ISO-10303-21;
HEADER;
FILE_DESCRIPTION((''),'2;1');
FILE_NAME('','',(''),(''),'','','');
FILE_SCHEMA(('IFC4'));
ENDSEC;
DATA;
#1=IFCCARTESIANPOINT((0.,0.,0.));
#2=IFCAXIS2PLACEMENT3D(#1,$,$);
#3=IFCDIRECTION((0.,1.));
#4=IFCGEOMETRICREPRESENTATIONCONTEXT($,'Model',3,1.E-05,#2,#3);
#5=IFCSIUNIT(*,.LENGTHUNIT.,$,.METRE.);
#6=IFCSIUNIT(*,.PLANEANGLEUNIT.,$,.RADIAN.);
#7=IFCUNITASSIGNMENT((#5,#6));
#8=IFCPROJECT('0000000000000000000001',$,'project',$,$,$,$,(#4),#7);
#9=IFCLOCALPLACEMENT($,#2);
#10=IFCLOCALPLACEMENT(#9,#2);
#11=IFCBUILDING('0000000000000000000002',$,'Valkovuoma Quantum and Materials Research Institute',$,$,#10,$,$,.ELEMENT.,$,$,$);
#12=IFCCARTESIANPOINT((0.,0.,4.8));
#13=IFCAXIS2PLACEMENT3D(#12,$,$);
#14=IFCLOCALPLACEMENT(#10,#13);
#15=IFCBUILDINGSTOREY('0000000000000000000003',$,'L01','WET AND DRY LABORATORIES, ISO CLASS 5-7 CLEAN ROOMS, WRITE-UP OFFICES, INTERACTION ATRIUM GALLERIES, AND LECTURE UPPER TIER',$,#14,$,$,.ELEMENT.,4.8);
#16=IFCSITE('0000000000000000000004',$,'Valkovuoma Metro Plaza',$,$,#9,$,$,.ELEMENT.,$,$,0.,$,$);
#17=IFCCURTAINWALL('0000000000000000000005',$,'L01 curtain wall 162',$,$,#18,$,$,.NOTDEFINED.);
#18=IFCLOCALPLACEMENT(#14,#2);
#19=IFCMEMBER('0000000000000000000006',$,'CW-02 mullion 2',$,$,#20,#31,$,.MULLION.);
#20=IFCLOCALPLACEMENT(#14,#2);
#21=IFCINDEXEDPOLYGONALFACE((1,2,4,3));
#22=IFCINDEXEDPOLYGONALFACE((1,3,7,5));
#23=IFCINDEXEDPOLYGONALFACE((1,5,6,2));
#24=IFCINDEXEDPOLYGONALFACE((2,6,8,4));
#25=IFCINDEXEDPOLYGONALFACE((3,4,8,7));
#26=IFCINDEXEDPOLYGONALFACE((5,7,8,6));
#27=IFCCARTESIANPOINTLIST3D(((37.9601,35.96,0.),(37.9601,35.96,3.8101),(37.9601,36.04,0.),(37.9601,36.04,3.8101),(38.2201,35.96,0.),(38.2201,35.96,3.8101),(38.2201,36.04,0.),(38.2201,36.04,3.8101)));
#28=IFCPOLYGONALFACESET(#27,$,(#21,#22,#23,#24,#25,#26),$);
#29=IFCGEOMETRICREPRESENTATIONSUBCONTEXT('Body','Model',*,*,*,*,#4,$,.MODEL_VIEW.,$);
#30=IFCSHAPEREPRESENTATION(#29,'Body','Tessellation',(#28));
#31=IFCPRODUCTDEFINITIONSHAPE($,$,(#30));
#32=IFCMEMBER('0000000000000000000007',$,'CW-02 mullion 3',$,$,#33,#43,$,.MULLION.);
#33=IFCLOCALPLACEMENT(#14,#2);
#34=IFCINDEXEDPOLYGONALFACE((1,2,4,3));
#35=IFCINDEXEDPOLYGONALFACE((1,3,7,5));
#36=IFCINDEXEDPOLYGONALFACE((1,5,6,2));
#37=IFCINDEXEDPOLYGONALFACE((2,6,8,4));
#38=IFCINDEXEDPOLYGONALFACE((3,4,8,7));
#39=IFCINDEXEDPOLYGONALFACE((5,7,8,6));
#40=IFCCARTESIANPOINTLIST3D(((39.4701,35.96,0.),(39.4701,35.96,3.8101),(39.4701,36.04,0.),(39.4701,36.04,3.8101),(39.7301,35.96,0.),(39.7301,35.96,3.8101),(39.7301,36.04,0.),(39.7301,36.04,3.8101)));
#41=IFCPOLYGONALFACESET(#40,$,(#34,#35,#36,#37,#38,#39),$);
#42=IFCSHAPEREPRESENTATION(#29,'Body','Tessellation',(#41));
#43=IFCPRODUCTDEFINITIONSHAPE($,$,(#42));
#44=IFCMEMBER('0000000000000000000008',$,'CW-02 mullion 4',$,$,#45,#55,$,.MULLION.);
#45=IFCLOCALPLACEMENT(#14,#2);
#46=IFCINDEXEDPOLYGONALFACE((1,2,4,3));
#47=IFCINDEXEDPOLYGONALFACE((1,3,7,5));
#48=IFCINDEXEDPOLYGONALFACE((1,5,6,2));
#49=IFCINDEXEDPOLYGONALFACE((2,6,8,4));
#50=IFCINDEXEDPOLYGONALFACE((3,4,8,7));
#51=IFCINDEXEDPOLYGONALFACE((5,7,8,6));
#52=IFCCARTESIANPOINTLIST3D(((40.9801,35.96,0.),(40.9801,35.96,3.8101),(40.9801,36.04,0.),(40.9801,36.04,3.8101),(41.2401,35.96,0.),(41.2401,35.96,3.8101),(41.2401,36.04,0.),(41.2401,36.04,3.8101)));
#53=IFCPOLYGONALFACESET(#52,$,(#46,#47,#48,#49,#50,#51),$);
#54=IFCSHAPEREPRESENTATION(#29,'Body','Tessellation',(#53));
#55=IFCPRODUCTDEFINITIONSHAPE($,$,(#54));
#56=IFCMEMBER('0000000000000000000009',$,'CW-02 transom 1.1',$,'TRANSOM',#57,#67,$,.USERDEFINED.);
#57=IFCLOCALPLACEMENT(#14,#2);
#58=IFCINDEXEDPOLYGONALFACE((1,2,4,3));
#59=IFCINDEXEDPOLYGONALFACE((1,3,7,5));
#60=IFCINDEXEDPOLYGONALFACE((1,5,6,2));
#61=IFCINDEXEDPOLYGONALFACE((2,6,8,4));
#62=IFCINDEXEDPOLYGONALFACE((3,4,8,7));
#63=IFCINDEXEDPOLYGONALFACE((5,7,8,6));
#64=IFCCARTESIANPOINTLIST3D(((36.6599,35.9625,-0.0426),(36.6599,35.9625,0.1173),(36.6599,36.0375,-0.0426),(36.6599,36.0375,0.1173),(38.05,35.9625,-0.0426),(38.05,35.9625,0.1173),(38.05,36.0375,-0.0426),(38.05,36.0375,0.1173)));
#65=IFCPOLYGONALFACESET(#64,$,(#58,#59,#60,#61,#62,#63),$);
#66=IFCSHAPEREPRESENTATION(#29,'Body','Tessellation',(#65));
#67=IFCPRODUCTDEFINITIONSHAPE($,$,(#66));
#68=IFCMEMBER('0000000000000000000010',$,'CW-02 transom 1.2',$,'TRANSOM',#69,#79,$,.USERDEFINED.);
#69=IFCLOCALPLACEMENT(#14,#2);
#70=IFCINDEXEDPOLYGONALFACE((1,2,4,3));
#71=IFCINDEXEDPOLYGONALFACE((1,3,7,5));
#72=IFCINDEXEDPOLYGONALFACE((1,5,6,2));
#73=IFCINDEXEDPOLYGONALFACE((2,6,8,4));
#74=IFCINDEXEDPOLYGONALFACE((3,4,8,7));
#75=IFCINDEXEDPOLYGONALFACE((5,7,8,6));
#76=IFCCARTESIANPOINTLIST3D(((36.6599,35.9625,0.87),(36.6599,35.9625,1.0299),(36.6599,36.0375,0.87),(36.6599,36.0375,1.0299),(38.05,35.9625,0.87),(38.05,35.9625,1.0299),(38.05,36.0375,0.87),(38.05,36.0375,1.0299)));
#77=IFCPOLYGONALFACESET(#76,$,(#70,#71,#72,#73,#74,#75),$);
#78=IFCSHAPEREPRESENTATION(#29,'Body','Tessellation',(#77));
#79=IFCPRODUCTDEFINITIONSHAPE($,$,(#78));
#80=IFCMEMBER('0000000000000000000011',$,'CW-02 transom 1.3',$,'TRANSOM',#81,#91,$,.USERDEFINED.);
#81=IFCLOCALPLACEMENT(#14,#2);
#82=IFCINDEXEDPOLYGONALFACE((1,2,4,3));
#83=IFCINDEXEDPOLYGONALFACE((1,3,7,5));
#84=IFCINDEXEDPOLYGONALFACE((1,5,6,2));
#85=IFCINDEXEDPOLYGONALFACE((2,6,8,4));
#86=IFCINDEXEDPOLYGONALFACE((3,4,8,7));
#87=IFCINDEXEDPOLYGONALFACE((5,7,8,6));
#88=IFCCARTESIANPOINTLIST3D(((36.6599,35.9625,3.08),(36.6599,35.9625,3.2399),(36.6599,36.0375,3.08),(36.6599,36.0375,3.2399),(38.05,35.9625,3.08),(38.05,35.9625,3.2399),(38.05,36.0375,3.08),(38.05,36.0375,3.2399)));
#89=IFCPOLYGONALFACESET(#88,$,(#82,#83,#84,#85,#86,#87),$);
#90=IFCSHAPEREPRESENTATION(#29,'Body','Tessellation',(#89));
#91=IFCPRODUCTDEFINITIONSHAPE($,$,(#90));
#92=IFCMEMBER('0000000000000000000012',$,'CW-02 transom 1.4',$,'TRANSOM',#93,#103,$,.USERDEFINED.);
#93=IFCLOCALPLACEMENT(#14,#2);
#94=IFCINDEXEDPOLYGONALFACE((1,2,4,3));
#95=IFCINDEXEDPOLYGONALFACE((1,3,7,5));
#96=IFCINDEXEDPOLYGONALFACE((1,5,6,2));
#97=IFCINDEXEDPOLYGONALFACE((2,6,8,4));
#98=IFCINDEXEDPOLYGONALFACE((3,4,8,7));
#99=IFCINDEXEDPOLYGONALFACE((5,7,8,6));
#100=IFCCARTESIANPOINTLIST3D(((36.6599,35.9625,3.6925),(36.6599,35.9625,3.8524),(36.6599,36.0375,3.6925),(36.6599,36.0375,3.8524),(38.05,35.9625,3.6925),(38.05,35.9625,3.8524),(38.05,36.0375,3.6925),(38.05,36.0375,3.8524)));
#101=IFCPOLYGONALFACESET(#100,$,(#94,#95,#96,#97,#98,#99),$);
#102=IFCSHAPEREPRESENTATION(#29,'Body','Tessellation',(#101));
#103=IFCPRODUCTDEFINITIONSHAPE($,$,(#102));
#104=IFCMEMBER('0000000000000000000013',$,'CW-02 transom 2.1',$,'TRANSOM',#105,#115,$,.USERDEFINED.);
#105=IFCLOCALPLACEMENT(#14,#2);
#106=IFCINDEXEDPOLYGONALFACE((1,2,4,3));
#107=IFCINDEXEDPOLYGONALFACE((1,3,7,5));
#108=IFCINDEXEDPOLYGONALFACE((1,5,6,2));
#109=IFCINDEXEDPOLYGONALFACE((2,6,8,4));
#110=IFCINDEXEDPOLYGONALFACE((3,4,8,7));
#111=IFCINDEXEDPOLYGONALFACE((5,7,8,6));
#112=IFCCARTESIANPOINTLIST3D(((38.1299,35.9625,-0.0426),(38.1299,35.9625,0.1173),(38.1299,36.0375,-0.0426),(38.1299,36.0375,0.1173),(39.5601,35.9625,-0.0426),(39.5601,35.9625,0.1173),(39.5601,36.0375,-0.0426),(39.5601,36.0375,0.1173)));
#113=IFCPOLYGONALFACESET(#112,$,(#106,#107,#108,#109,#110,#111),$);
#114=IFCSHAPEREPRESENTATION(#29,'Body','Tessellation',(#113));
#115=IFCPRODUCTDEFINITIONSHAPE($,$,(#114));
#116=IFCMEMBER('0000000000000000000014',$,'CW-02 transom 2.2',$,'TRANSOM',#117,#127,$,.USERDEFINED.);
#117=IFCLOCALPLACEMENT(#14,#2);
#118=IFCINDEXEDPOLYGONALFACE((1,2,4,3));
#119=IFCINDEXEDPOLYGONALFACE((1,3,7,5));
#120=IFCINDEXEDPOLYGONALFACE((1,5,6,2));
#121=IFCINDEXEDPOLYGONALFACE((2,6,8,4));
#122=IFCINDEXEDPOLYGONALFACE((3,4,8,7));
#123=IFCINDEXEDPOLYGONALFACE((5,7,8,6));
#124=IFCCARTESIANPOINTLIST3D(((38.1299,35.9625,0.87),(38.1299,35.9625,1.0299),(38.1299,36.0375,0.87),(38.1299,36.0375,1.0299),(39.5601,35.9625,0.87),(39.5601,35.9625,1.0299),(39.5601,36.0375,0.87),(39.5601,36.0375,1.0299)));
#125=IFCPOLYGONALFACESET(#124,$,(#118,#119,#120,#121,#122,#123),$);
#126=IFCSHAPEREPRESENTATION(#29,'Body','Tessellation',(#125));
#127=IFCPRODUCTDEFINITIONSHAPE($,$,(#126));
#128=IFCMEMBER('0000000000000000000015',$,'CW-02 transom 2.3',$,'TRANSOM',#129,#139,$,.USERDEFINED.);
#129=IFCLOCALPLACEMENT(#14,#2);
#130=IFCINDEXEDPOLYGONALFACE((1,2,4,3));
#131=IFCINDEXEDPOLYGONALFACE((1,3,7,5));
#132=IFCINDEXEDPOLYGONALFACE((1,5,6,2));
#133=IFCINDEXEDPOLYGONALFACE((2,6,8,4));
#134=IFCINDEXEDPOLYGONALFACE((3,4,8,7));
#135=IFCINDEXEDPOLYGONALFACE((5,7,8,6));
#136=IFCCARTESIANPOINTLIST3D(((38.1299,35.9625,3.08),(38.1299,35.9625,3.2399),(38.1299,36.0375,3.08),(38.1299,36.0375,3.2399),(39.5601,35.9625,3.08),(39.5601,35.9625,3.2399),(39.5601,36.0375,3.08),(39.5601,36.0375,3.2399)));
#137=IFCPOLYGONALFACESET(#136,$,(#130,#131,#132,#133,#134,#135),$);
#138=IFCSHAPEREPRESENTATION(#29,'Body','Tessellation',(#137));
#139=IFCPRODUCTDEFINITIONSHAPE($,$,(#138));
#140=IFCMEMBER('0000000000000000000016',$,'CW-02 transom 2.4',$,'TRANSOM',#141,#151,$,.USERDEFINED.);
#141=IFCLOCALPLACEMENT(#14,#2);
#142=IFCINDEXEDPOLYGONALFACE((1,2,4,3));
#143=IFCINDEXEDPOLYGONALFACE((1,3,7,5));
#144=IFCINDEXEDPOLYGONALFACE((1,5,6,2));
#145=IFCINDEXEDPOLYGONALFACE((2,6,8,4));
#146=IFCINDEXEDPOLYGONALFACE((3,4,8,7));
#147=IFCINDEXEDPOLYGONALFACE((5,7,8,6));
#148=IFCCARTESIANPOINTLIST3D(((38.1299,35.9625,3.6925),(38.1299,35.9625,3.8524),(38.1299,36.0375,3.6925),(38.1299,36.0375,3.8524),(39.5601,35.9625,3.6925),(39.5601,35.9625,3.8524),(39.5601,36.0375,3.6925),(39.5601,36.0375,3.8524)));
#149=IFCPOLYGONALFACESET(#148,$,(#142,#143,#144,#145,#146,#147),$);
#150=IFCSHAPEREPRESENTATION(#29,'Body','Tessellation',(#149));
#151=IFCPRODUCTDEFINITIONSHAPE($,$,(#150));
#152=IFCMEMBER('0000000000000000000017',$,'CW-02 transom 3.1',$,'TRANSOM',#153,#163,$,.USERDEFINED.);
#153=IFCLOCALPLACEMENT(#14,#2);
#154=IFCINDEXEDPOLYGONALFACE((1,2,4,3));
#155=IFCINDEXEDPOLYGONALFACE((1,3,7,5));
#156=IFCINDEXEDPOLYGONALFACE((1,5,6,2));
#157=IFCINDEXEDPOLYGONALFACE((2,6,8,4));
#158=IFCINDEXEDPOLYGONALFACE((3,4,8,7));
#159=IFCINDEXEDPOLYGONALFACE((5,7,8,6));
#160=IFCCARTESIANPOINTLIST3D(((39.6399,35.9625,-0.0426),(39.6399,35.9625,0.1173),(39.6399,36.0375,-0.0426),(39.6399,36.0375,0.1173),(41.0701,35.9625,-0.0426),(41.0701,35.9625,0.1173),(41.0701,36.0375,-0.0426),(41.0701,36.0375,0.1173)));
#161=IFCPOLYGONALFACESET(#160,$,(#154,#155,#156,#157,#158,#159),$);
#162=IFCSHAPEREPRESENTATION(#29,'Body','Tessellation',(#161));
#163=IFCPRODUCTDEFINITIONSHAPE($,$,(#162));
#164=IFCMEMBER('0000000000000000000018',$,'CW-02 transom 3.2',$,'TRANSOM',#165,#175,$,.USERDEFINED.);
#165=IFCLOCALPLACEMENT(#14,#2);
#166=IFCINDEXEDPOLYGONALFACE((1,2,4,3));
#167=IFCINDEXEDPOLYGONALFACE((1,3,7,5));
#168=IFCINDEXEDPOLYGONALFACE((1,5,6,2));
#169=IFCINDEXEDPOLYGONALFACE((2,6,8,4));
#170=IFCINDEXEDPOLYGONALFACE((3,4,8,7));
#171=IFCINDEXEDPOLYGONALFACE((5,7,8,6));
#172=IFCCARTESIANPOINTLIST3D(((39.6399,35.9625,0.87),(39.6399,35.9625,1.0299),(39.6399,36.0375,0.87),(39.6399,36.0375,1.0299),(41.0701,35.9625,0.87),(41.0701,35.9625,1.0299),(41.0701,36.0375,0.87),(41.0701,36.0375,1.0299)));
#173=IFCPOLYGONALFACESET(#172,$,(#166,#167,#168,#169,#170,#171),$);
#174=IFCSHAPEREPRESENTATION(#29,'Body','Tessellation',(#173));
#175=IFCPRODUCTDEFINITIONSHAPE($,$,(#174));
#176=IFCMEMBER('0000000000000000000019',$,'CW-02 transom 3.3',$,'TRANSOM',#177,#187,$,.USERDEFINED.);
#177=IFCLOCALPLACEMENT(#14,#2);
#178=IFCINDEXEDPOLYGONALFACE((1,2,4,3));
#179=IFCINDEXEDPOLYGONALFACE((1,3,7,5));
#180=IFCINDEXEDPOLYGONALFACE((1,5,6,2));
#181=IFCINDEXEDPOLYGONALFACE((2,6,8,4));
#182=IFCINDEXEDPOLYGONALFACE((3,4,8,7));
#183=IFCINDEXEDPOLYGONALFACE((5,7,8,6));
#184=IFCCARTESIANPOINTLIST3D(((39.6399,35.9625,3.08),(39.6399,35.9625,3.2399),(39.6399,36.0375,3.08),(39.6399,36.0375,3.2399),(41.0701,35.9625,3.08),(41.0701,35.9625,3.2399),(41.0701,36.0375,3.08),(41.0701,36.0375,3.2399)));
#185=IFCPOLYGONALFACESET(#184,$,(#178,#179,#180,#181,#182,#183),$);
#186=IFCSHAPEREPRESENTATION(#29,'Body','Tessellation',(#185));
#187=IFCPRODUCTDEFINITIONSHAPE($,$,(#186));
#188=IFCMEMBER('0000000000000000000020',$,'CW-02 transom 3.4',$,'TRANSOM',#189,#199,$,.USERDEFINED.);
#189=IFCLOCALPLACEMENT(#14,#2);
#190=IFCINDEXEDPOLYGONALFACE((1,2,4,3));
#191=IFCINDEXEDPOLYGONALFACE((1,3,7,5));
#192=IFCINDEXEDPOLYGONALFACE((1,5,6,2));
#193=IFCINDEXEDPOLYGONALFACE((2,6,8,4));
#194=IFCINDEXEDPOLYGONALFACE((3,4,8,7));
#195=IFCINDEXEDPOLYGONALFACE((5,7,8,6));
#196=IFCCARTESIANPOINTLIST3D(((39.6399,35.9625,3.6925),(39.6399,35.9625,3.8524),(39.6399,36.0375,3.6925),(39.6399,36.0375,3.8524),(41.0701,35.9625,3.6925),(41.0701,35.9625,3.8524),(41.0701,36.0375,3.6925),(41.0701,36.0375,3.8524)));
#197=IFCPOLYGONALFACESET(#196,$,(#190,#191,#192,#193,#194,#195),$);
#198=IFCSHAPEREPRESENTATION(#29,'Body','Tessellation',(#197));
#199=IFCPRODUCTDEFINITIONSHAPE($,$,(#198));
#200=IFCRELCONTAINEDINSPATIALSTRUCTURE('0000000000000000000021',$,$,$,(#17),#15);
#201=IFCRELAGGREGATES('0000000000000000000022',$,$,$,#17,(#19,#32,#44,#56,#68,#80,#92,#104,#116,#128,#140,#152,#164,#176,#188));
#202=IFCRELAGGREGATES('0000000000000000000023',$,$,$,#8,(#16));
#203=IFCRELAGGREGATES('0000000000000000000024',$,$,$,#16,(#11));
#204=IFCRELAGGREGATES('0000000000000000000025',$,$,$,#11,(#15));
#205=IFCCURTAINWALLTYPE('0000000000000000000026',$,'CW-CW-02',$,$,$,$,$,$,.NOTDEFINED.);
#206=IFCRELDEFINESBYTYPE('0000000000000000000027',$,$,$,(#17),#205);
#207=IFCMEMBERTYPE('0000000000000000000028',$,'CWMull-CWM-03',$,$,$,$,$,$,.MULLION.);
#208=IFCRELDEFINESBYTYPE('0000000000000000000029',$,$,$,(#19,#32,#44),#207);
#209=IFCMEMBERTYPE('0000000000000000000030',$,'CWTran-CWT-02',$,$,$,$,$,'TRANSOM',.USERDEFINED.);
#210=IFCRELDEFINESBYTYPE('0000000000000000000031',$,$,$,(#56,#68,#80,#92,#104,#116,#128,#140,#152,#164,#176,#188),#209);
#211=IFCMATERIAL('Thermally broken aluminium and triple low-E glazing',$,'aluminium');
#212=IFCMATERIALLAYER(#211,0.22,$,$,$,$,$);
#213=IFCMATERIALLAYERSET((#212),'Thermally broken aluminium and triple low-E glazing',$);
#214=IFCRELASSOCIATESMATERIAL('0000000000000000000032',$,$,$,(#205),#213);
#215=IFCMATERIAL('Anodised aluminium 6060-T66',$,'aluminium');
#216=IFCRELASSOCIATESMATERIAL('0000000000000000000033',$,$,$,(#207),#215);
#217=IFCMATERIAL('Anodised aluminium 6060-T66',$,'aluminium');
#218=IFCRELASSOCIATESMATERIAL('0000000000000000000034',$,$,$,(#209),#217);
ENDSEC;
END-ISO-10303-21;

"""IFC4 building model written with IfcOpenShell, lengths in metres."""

from ifc_helpers import new_model, si_unit, direction, frame, origin, origin_2d, place, context, subcontext, project, spatial, rectangle, extrude, material, layer, layer_set, material_profile, profile_set, type_object, element, aggregate, save


model = new_model("IFC4")

# Units and contexts
model_context = context("Model", 3, precision=1e-05, world=origin(), true_north=direction((0.0, 1.0)))
body_context = subcontext(model_context, "Body", "Model", "MODEL_VIEW")
ifc_project = project(units=[si_unit("LENGTHUNIT", "METRE"), si_unit("PLANEANGLEUNIT", "RADIAN")], contexts=[model_context])

# Site, building, storey
site_placement = place(None, origin())
site = spatial("IfcSite", under=ifc_project, at=site_placement, Name="Valkovuoma Metro Plaza", CompositionType="ELEMENT", RefElevation=0.0)
building_placement = place(site_placement, origin())
building = spatial("IfcBuilding", under=site, at=building_placement, Name="Valkovuoma Quantum and Materials Research Institute", CompositionType="ELEMENT")
storey_placement = place(building_placement, frame((0.0, 0.0, 4.8)))
storey = spatial("IfcBuildingStorey", under=building, at=storey_placement, Name="L01", Description="WET AND DRY LABORATORIES, ISO CLASS 5-7 CLEAN ROOMS, WRITE-UP OFFICES, INTERACTION ATRIUM GALLERIES, AND LECTURE UPPER TIER", CompositionType="ELEMENT", Elevation=4.8)

# Curtain wall, members
ifc_material_1 = material(Name="Thermally broken aluminium and triple low-E glazing", Category="aluminium")
ifc_layer_1 = layer(ifc_material_1, 0.22)
ifc_layer_set_1 = layer_set([ifc_layer_1], Name="Thermally broken aluminium and triple low-E glazing")
curtain_wall_type = type_object("IfcCurtainWallType", Name="CW-CW-02", PredefinedType="NOTDEFINED", material=ifc_layer_set_1)
curtain_wall_placement = place(storey_placement, origin())
curtain_wall = element("IfcCurtainWall", 1, at=curtain_wall_placement, inside=storey, type_object=curtain_wall_type, Name="L01 curtain wall 162", PredefinedType="NOTDEFINED")
ifc_material_2 = material(Name="Anodised aluminium 6060-T66", Category="aluminium")
ifc_material_profile_1 = material_profile(ifc_material_2, rectangle(XDim=0.0801, YDim=0.26, at=origin_2d()), Name="Anodised aluminium 6060-T66")
ifc_profile_set_1 = profile_set([ifc_material_profile_1], Name="Anodised aluminium 6060-T66")
member_type_1 = type_object("IfcMemberType", Name="CWMull-CWM-03", PredefinedType="MULLION", material=ifc_profile_set_1)
member_1_placement = place(storey_placement, frame((38.0901, 36.0, 0.0), z_axis=(0.0, 0.0, 1.0), x_axis=(0.0, 1.0, 0.0)))
member_1 = element("IfcMember", 2, at=member_1_placement, type_object=member_type_1, Name="CW-02 mullion 2", PredefinedType="MULLION", context=body_context, shape_type="SweptSolid", body=[
    extrude(rectangle(XDim=0.0801, YDim=0.26, at=origin_2d()), origin(), (0.0, 0.0, 1.0), 3.8101),
])
member_2_placement = place(storey_placement, frame((39.6001, 36.0, 0.0), z_axis=(0.0, 0.0, 1.0), x_axis=(0.0, 1.0, 0.0)))
member_2 = element("IfcMember", 3, at=member_2_placement, type_object=member_type_1, Name="CW-02 mullion 3", PredefinedType="MULLION", context=body_context, shape_type="SweptSolid", body=[
    extrude(rectangle(XDim=0.0801, YDim=0.26, at=origin_2d()), origin(), (0.0, 0.0, 1.0), 3.8101),
])
member_3_placement = place(storey_placement, frame((41.1101, 36.0, 0.0), z_axis=(0.0, 0.0, 1.0), x_axis=(0.0, 1.0, 0.0)))
member_3 = element("IfcMember", 4, at=member_3_placement, type_object=member_type_1, Name="CW-02 mullion 4", PredefinedType="MULLION", context=body_context, shape_type="SweptSolid", body=[
    extrude(rectangle(XDim=0.0801, YDim=0.26, at=origin_2d()), origin(), (0.0, 0.0, 1.0), 3.8101),
])
ifc_material_3 = material(Name="Anodised aluminium 6060-T66", Category="aluminium")
ifc_material_profile_2 = material_profile(ifc_material_3, rectangle(XDim=0.075, YDim=0.1599, at=origin_2d()), Name="Anodised aluminium 6060-T66")
ifc_profile_set_2 = profile_set([ifc_material_profile_2], Name="Anodised aluminium 6060-T66")
member_type_2 = type_object("IfcMemberType", Name="CWTran-CWT-02", ElementType="TRANSOM", PredefinedType="USERDEFINED", material=ifc_profile_set_2)
member_4_placement = place(storey_placement, frame((36.6599, 36.0, 0.0374), z_axis=(1.0, 0.0, 0.0), x_axis=(0.0, 1.0, 0.0)))
member_4 = element("IfcMember", 5, at=member_4_placement, type_object=member_type_2, Name="CW-02 transom 1.1", ObjectType="TRANSOM", PredefinedType="USERDEFINED", context=body_context, shape_type="SweptSolid", body=[
    extrude(rectangle(XDim=0.075, YDim=0.1599, at=origin_2d()), origin(), (0.0, 0.0, 1.0), 1.3901),
])
member_5_placement = place(storey_placement, frame((36.6599, 36.0, 0.95), z_axis=(1.0, 0.0, 0.0), x_axis=(0.0, 1.0, 0.0)))
member_5 = element("IfcMember", 6, at=member_5_placement, type_object=member_type_2, Name="CW-02 transom 1.2", ObjectType="TRANSOM", PredefinedType="USERDEFINED", context=body_context, shape_type="SweptSolid", body=[
    extrude(rectangle(XDim=0.075, YDim=0.1599, at=origin_2d()), origin(), (0.0, 0.0, 1.0), 1.3901),
])
member_6_placement = place(storey_placement, frame((36.6599, 36.0, 3.1599), z_axis=(1.0, 0.0, 0.0), x_axis=(0.0, 1.0, 0.0)))
member_6 = element("IfcMember", 7, at=member_6_placement, type_object=member_type_2, Name="CW-02 transom 1.3", ObjectType="TRANSOM", PredefinedType="USERDEFINED", context=body_context, shape_type="SweptSolid", body=[
    extrude(rectangle(XDim=0.075, YDim=0.1599, at=origin_2d()), origin(), (0.0, 0.0, 1.0), 1.3901),
])
member_7_placement = place(storey_placement, frame((36.6599, 36.0, 3.7725), z_axis=(1.0, 0.0, 0.0), x_axis=(0.0, 1.0, 0.0)))
member_7 = element("IfcMember", 8, at=member_7_placement, type_object=member_type_2, Name="CW-02 transom 1.4", ObjectType="TRANSOM", PredefinedType="USERDEFINED", context=body_context, shape_type="SweptSolid", body=[
    extrude(rectangle(XDim=0.075, YDim=0.1599, at=origin_2d()), origin(), (0.0, 0.0, 1.0), 1.3901),
])
member_8_placement = place(storey_placement, frame((38.1299, 36.0, 0.0374), z_axis=(1.0, 0.0, 0.0), x_axis=(0.0, 1.0, 0.0)))
member_8 = element("IfcMember", 9, at=member_8_placement, type_object=member_type_2, Name="CW-02 transom 2.1", ObjectType="TRANSOM", PredefinedType="USERDEFINED", context=body_context, shape_type="SweptSolid", body=[
    extrude(rectangle(XDim=0.075, YDim=0.1599, at=origin_2d()), origin(), (0.0, 0.0, 1.0), 1.4302),
])
member_9_placement = place(storey_placement, frame((38.1299, 36.0, 0.95), z_axis=(1.0, 0.0, 0.0), x_axis=(0.0, 1.0, 0.0)))
member_9 = element("IfcMember", 10, at=member_9_placement, type_object=member_type_2, Name="CW-02 transom 2.2", ObjectType="TRANSOM", PredefinedType="USERDEFINED", context=body_context, shape_type="SweptSolid", body=[
    extrude(rectangle(XDim=0.075, YDim=0.1599, at=origin_2d()), origin(), (0.0, 0.0, 1.0), 1.4302),
])
member_10_placement = place(storey_placement, frame((38.1299, 36.0, 3.1599), z_axis=(1.0, 0.0, 0.0), x_axis=(0.0, 1.0, 0.0)))
member_10 = element("IfcMember", 11, at=member_10_placement, type_object=member_type_2, Name="CW-02 transom 2.3", ObjectType="TRANSOM", PredefinedType="USERDEFINED", context=body_context, shape_type="SweptSolid", body=[
    extrude(rectangle(XDim=0.075, YDim=0.1599, at=origin_2d()), origin(), (0.0, 0.0, 1.0), 1.4302),
])
member_11_placement = place(storey_placement, frame((38.1299, 36.0, 3.7725), z_axis=(1.0, 0.0, 0.0), x_axis=(0.0, 1.0, 0.0)))
member_11 = element("IfcMember", 12, at=member_11_placement, type_object=member_type_2, Name="CW-02 transom 2.4", ObjectType="TRANSOM", PredefinedType="USERDEFINED", context=body_context, shape_type="SweptSolid", body=[
    extrude(rectangle(XDim=0.075, YDim=0.1599, at=origin_2d()), origin(), (0.0, 0.0, 1.0), 1.4302),
])
member_12_placement = place(storey_placement, frame((39.6399, 36.0, 0.0374), z_axis=(1.0, 0.0, 0.0), x_axis=(0.0, 1.0, 0.0)))
member_12 = element("IfcMember", 13, at=member_12_placement, type_object=member_type_2, Name="CW-02 transom 3.1", ObjectType="TRANSOM", PredefinedType="USERDEFINED", context=body_context, shape_type="SweptSolid", body=[
    extrude(rectangle(XDim=0.075, YDim=0.1599, at=origin_2d()), origin(), (0.0, 0.0, 1.0), 1.4302),
])
member_13_placement = place(storey_placement, frame((39.6399, 36.0, 0.95), z_axis=(1.0, 0.0, 0.0), x_axis=(0.0, 1.0, 0.0)))
member_13 = element("IfcMember", 14, at=member_13_placement, type_object=member_type_2, Name="CW-02 transom 3.2", ObjectType="TRANSOM", PredefinedType="USERDEFINED", context=body_context, shape_type="SweptSolid", body=[
    extrude(rectangle(XDim=0.075, YDim=0.1599, at=origin_2d()), origin(), (0.0, 0.0, 1.0), 1.4302),
])
member_14_placement = place(storey_placement, frame((39.6399, 36.0, 3.1599), z_axis=(1.0, 0.0, 0.0), x_axis=(0.0, 1.0, 0.0)))
member_14 = element("IfcMember", 15, at=member_14_placement, type_object=member_type_2, Name="CW-02 transom 3.3", ObjectType="TRANSOM", PredefinedType="USERDEFINED", context=body_context, shape_type="SweptSolid", body=[
    extrude(rectangle(XDim=0.075, YDim=0.1599, at=origin_2d()), origin(), (0.0, 0.0, 1.0), 1.4302),
])
member_15_placement = place(storey_placement, frame((39.6399, 36.0, 3.7725), z_axis=(1.0, 0.0, 0.0), x_axis=(0.0, 1.0, 0.0)))
member_15 = element("IfcMember", 16, at=member_15_placement, type_object=member_type_2, Name="CW-02 transom 3.4", ObjectType="TRANSOM", PredefinedType="USERDEFINED", context=body_context, shape_type="SweptSolid", body=[
    extrude(rectangle(XDim=0.075, YDim=0.1599, at=origin_2d()), origin(), (0.0, 0.0, 1.0), 1.4302),
])
aggregate(curtain_wall, [member_1, member_2, member_3, member_4, member_5, member_6, member_7, member_8, member_9, member_10, member_11, member_12, member_13, member_14, member_15])

save(model, "model.ifc")
